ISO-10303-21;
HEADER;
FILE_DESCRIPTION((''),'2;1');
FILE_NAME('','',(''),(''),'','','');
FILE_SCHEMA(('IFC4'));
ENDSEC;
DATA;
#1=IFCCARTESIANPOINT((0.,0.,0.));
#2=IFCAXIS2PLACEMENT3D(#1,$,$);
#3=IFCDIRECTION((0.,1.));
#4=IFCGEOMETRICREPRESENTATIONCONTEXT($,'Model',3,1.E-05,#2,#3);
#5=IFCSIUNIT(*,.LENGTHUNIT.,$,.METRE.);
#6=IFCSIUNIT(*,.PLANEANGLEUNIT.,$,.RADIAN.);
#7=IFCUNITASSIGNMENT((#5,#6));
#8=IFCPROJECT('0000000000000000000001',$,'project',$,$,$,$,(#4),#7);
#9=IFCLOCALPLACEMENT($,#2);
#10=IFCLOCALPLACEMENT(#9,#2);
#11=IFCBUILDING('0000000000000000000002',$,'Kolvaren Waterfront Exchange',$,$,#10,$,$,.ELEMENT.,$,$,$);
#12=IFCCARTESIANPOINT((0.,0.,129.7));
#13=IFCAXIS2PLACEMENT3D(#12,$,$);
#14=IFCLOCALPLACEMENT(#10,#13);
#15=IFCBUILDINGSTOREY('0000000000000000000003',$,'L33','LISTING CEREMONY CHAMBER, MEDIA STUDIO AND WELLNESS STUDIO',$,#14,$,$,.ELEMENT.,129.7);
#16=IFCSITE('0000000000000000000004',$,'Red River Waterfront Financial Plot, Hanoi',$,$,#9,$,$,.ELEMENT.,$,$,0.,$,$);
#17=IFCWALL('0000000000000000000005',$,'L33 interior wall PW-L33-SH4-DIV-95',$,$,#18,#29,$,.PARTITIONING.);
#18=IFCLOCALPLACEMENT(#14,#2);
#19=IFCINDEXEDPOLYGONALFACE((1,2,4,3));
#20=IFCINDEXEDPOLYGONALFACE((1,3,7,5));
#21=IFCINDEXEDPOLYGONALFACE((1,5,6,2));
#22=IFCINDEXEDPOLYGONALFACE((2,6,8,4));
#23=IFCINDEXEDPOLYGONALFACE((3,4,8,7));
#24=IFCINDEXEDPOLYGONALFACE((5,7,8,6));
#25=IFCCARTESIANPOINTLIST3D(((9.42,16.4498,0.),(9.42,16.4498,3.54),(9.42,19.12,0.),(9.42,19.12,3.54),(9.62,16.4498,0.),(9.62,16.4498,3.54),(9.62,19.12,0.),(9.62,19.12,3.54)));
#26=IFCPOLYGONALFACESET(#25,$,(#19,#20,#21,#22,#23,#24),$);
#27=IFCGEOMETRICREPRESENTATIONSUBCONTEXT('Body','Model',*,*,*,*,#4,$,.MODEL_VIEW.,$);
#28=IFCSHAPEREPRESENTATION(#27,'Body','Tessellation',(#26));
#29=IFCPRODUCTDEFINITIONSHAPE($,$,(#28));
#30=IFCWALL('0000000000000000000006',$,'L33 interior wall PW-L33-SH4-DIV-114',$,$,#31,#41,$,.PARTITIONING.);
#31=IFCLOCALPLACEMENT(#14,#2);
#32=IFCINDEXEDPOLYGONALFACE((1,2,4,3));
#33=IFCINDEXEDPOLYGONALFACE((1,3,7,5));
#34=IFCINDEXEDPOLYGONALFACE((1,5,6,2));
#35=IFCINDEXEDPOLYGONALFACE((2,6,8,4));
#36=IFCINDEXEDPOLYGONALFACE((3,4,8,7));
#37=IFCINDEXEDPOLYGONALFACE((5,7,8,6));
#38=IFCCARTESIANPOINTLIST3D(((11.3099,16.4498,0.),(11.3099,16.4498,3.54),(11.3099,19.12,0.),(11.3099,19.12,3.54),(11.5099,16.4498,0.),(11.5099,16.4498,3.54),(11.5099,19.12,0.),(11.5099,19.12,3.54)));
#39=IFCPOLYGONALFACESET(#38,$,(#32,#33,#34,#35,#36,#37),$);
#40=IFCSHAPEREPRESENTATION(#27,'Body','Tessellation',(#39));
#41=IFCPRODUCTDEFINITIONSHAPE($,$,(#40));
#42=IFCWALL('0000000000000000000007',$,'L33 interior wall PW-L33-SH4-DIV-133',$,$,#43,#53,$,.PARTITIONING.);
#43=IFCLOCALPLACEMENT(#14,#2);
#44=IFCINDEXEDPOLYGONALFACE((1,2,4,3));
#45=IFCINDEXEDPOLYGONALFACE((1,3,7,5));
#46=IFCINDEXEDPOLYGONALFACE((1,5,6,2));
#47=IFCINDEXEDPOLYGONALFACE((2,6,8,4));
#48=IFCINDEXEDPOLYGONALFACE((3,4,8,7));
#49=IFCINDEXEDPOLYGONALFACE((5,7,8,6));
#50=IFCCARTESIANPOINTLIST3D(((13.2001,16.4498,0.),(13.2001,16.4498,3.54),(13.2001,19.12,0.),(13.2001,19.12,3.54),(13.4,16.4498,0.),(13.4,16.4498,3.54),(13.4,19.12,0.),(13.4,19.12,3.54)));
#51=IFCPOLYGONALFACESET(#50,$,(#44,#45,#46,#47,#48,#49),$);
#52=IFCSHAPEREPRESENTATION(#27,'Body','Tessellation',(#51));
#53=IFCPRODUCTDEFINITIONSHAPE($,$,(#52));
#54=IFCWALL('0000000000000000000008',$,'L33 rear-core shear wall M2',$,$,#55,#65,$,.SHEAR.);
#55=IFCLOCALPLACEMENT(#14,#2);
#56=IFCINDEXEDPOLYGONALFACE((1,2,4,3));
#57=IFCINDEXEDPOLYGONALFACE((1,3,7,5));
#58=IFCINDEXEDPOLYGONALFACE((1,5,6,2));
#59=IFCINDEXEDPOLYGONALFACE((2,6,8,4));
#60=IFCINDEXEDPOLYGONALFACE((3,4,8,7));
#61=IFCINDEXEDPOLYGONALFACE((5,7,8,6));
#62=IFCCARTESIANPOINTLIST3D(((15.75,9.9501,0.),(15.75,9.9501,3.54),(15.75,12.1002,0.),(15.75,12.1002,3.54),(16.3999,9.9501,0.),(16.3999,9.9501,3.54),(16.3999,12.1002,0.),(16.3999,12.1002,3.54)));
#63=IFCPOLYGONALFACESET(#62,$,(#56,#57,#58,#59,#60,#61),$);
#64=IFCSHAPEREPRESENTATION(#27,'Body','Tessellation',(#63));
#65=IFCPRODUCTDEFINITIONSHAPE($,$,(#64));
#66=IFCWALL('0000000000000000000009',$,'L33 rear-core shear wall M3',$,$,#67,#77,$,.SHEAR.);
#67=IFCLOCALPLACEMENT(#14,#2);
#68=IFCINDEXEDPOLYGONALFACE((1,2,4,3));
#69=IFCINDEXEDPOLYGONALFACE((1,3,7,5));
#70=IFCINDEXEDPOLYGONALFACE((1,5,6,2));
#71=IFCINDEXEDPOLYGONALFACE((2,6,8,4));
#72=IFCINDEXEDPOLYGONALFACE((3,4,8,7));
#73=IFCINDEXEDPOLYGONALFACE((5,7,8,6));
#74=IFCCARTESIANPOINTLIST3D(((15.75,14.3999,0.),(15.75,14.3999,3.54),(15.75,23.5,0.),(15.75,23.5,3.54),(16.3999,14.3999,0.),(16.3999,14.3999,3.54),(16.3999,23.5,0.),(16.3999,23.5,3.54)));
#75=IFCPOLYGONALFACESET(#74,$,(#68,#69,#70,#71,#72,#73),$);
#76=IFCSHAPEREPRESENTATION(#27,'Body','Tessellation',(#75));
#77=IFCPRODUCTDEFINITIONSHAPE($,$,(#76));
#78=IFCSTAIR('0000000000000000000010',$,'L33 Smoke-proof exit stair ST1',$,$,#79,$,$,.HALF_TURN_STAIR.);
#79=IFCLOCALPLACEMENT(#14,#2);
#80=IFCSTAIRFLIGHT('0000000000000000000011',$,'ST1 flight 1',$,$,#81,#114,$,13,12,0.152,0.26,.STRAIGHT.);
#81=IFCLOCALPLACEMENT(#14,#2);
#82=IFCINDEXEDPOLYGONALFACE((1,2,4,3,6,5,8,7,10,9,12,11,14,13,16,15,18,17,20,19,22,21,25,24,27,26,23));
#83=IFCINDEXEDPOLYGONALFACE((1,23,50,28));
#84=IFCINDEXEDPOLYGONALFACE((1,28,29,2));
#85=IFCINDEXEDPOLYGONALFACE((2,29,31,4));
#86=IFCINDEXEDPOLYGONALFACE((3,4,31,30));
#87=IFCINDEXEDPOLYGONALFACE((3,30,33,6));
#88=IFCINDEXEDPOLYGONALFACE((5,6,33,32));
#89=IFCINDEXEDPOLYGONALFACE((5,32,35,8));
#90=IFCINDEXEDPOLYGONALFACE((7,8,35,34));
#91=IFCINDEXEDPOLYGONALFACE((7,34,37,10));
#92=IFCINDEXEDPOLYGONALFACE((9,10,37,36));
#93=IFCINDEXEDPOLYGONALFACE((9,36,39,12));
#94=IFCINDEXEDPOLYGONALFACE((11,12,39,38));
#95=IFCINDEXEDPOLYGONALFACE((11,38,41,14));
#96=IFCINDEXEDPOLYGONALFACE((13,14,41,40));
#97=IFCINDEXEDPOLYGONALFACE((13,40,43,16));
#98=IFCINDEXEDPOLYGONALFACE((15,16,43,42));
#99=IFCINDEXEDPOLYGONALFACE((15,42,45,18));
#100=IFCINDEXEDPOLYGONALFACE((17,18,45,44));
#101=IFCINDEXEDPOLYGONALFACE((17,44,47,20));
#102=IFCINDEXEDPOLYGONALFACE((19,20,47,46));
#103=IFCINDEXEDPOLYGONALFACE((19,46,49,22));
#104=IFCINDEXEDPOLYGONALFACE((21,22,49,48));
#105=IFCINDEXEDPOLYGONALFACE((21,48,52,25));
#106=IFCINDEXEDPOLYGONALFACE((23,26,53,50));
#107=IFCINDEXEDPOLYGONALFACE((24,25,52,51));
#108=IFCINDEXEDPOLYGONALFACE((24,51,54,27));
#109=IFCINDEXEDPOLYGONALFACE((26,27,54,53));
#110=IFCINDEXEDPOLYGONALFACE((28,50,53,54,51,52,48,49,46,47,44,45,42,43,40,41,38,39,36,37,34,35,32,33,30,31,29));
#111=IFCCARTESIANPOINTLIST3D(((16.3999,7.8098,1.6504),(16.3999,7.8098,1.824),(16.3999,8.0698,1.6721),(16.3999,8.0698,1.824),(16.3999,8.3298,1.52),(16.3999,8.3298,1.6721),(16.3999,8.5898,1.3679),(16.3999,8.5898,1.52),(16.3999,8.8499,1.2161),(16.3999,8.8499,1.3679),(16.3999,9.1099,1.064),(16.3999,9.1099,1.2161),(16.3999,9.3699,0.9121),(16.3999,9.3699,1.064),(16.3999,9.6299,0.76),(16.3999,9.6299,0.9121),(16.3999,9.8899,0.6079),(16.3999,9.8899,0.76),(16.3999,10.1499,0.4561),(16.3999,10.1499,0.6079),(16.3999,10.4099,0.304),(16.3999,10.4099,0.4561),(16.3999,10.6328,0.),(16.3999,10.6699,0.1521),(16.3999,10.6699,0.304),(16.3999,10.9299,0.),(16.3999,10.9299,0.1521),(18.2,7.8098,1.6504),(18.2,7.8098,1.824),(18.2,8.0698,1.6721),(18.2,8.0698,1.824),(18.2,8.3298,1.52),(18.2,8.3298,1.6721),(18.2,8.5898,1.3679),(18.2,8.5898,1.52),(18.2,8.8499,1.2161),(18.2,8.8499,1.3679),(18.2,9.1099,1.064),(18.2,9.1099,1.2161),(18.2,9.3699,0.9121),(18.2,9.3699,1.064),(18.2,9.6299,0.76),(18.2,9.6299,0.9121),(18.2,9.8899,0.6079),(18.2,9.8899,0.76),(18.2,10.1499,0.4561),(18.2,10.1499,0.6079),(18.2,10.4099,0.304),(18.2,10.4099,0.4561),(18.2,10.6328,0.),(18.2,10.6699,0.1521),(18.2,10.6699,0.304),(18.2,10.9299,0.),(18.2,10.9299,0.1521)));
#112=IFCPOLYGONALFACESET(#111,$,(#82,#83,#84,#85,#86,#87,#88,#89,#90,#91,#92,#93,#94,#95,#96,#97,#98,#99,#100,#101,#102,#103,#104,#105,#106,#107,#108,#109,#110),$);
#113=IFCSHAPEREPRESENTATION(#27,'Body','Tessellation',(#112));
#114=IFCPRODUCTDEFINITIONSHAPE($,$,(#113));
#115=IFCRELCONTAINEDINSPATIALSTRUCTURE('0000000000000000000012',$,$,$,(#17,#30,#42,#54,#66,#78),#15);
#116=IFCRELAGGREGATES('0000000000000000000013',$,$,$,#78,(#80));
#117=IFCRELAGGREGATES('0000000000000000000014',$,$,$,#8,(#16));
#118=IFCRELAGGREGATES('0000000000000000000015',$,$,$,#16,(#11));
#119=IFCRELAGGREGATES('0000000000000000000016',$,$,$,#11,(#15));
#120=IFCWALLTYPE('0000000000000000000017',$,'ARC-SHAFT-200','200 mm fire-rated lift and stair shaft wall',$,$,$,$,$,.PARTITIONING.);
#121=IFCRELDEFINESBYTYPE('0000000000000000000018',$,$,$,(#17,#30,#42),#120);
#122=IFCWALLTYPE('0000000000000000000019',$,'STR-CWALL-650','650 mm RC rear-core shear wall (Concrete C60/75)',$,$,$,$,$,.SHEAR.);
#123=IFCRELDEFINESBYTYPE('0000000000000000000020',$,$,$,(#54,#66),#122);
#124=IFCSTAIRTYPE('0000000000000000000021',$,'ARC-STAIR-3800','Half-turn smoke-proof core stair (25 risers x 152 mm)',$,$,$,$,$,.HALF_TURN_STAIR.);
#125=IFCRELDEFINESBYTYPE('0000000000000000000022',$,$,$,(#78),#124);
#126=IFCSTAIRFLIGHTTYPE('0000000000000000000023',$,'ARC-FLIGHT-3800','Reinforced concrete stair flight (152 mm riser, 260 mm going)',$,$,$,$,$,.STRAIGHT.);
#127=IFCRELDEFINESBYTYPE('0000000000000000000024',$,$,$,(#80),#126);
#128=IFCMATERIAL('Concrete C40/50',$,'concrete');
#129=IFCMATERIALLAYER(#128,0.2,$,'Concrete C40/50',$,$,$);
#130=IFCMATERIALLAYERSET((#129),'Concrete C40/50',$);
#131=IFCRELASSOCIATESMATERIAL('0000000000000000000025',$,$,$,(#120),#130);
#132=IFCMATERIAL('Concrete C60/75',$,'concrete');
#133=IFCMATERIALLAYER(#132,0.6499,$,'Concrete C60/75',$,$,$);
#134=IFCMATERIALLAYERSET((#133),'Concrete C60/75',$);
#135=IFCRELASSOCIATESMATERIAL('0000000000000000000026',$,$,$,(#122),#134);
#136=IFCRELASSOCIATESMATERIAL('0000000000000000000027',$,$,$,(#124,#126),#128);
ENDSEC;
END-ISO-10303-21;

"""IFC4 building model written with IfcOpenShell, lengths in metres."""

from ifc_helpers import new_model, si_unit, direction, frame, frame_2d, origin, place, context, subcontext, project, spatial, polyline, rectangle, outline, extrude, material, layer, layer_set, type_object, element, aggregate, save


model = new_model("IFC4")

# Units and contexts
model_context = context("Model", 3, precision=1e-05, world=origin(), true_north=direction((0.0, 1.0)))
body_context = subcontext(model_context, "Body", "Model", "MODEL_VIEW")
ifc_project = project(units=[si_unit("LENGTHUNIT", "METRE"), si_unit("PLANEANGLEUNIT", "RADIAN")], contexts=[model_context])

# Site, building, storey
site_placement = place(None, origin())
site = spatial("IfcSite", under=ifc_project, at=site_placement, Name="Red River Waterfront Financial Plot, Hanoi", CompositionType="ELEMENT", RefElevation=0.0)
building_placement = place(site_placement, origin())
building = spatial("IfcBuilding", under=site, at=building_placement, Name="Kolvaren Waterfront Exchange", CompositionType="ELEMENT")
storey_placement = place(building_placement, frame((0.0, 0.0, 129.7)))
storey = spatial("IfcBuildingStorey", under=building, at=storey_placement, Name="L33", Description="LISTING CEREMONY CHAMBER, MEDIA STUDIO AND WELLNESS STUDIO", CompositionType="ELEMENT", Elevation=129.7)

# Shared definitions
ifc_material_1 = material(Name="Concrete C60/75", Category="concrete")

# Walls
ifc_material_2 = material(Name="Concrete C40/50", Category="concrete")
ifc_layer_1 = layer(ifc_material_2, 0.2, Name="Concrete C40/50")
ifc_layer_set_1 = layer_set([ifc_layer_1], Name="Concrete C40/50")
wall_type_1 = type_object("IfcWallType", Name="ARC-SHAFT-200", Description="200 mm fire-rated lift and stair shaft wall", PredefinedType="PARTITIONING", material=ifc_layer_set_1)
for number, where, z_axis, x_axis, name in (
    (1, (9.52, 16.45, 0.0), (0.0, 0.0, 1.0), (0.0, 1.0, 0.0), "L33 interior wall PW-L33-SH4-DIV-95"),
    (2, (11.4099, 16.45, 0.0), (0.0, 0.0, 1.0), (0.0, 1.0, 0.0), "L33 interior wall PW-L33-SH4-DIV-114"),
    (3, (13.3, 16.45, 0.0), (0.0, 0.0, 1.0), (0.0, 1.0, 0.0), "L33 interior wall PW-L33-SH4-DIV-133"),
):
    element("IfcWall", number, at=place(storey_placement, frame(where, z_axis=z_axis, x_axis=x_axis)), inside=storey, type_object=wall_type_1, Name=name, PredefinedType="PARTITIONING", context=body_context, shape_type="SweptSolid", body=[
        extrude(rectangle(XDim=2.6702, YDim=0.2, at=frame_2d((1.335, 0.0))), origin(), (0.0, 0.0, 1.0), 3.54),
    ])
ifc_layer_2 = layer(ifc_material_1, 0.6499, Name="Concrete C60/75")
ifc_layer_set_2 = layer_set([ifc_layer_2], Name="Concrete C60/75")
wall_type_2 = type_object("IfcWallType", Name="STR-CWALL-650", Description="650 mm RC rear-core shear wall (Concrete C60/75)", PredefinedType="SHEAR", material=ifc_layer_set_2)
wall_1_placement = place(storey_placement, frame((16.075, 9.95, 0.0), z_axis=(0.0, 0.0, 1.0), x_axis=(0.0, 1.0, 0.0)))
element("IfcWall", 4, at=wall_1_placement, inside=storey, type_object=wall_type_2, Name="L33 rear-core shear wall M2", PredefinedType="SHEAR", context=body_context, shape_type="SweptSolid", body=[
    extrude(rectangle(XDim=2.1501, YDim=0.6499, at=frame_2d((1.0752, 0.0))), origin(), (0.0, 0.0, 1.0), 3.54),
])
wall_2_placement = place(storey_placement, frame((16.075, 14.3999, 0.0), z_axis=(0.0, 0.0, 1.0), x_axis=(0.0, 1.0, 0.0)))
element("IfcWall", 5, at=wall_2_placement, inside=storey, type_object=wall_type_2, Name="L33 rear-core shear wall M3", PredefinedType="SHEAR", context=body_context, shape_type="SweptSolid", body=[
    extrude(rectangle(XDim=9.1001, YDim=0.6499, at=frame_2d((4.55, 0.0))), origin(), (0.0, 0.0, 1.0), 3.54),
])

# Stair, stair flight
stair_type = type_object("IfcStairType", Name="ARC-STAIR-3800", Description="Half-turn smoke-proof core stair (25 risers x 152 mm)", PredefinedType="HALF_TURN_STAIR", material=ifc_material_2)
stair_placement = place(storey_placement, origin())
stair = element("IfcStair", 6, at=stair_placement, inside=storey, type_object=stair_type, Name="L33 Smoke-proof exit stair ST1", PredefinedType="HALF_TURN_STAIR")
stair_flight_type = type_object("IfcStairFlightType", Name="ARC-FLIGHT-3800", Description="Reinforced concrete stair flight (152 mm riser, 260 mm going)", PredefinedType="STRAIGHT", material=ifc_material_2)
stair_flight_placement = place(storey_placement, frame((17.3, 10.9299, 0.0), z_axis=(0.0, 0.0, 1.0), x_axis=(0.0, -1.0, 0.0)))
stair_flight = element("IfcStairFlight", 7, at=stair_flight_placement, type_object=stair_flight_type, Name="ST1 flight 1", NumberOfRisers=13, NumberOfTreads=12, PredefinedType="STRAIGHT", RiserHeight=0.152, TreadLength=0.26, context=body_context, shape_type="SweptSolid", body=[
    extrude(outline(polyline([(0.0, 0.0), (0.0, 0.1521), (0.26, 0.1521), (0.26, 0.304), (0.52, 0.304), (0.52, 0.4561), (0.78, 0.4561), (0.78, 0.6079), (1.04, 0.6079), (1.04, 0.76), (1.3, 0.76), (1.3, 0.9121), (1.5601, 0.9121), (1.5601, 1.064), (1.8201, 1.064), (1.8201, 1.2161), (2.0801, 1.2161), (2.0801, 1.3679), (2.3401, 1.3679), (2.3401, 1.52), (2.6001, 1.52), (2.6001, 1.6721), (2.8601, 1.6721), (2.8601, 1.824), (3.1201, 1.824), (3.1201, 1.9761), (3.1201, 1.6504), (0.2971, 0.0), (0.0, 0.0)])), frame((0.0, 0.8999, 0.0), z_axis=(0.0, -1.0, 0.0), x_axis=(1.0, 0.0, 0.0)), (0.0, 0.0, 1.0), 1.8),
])
aggregate(stair, [stair_flight])

save(model, "model.ifc")
